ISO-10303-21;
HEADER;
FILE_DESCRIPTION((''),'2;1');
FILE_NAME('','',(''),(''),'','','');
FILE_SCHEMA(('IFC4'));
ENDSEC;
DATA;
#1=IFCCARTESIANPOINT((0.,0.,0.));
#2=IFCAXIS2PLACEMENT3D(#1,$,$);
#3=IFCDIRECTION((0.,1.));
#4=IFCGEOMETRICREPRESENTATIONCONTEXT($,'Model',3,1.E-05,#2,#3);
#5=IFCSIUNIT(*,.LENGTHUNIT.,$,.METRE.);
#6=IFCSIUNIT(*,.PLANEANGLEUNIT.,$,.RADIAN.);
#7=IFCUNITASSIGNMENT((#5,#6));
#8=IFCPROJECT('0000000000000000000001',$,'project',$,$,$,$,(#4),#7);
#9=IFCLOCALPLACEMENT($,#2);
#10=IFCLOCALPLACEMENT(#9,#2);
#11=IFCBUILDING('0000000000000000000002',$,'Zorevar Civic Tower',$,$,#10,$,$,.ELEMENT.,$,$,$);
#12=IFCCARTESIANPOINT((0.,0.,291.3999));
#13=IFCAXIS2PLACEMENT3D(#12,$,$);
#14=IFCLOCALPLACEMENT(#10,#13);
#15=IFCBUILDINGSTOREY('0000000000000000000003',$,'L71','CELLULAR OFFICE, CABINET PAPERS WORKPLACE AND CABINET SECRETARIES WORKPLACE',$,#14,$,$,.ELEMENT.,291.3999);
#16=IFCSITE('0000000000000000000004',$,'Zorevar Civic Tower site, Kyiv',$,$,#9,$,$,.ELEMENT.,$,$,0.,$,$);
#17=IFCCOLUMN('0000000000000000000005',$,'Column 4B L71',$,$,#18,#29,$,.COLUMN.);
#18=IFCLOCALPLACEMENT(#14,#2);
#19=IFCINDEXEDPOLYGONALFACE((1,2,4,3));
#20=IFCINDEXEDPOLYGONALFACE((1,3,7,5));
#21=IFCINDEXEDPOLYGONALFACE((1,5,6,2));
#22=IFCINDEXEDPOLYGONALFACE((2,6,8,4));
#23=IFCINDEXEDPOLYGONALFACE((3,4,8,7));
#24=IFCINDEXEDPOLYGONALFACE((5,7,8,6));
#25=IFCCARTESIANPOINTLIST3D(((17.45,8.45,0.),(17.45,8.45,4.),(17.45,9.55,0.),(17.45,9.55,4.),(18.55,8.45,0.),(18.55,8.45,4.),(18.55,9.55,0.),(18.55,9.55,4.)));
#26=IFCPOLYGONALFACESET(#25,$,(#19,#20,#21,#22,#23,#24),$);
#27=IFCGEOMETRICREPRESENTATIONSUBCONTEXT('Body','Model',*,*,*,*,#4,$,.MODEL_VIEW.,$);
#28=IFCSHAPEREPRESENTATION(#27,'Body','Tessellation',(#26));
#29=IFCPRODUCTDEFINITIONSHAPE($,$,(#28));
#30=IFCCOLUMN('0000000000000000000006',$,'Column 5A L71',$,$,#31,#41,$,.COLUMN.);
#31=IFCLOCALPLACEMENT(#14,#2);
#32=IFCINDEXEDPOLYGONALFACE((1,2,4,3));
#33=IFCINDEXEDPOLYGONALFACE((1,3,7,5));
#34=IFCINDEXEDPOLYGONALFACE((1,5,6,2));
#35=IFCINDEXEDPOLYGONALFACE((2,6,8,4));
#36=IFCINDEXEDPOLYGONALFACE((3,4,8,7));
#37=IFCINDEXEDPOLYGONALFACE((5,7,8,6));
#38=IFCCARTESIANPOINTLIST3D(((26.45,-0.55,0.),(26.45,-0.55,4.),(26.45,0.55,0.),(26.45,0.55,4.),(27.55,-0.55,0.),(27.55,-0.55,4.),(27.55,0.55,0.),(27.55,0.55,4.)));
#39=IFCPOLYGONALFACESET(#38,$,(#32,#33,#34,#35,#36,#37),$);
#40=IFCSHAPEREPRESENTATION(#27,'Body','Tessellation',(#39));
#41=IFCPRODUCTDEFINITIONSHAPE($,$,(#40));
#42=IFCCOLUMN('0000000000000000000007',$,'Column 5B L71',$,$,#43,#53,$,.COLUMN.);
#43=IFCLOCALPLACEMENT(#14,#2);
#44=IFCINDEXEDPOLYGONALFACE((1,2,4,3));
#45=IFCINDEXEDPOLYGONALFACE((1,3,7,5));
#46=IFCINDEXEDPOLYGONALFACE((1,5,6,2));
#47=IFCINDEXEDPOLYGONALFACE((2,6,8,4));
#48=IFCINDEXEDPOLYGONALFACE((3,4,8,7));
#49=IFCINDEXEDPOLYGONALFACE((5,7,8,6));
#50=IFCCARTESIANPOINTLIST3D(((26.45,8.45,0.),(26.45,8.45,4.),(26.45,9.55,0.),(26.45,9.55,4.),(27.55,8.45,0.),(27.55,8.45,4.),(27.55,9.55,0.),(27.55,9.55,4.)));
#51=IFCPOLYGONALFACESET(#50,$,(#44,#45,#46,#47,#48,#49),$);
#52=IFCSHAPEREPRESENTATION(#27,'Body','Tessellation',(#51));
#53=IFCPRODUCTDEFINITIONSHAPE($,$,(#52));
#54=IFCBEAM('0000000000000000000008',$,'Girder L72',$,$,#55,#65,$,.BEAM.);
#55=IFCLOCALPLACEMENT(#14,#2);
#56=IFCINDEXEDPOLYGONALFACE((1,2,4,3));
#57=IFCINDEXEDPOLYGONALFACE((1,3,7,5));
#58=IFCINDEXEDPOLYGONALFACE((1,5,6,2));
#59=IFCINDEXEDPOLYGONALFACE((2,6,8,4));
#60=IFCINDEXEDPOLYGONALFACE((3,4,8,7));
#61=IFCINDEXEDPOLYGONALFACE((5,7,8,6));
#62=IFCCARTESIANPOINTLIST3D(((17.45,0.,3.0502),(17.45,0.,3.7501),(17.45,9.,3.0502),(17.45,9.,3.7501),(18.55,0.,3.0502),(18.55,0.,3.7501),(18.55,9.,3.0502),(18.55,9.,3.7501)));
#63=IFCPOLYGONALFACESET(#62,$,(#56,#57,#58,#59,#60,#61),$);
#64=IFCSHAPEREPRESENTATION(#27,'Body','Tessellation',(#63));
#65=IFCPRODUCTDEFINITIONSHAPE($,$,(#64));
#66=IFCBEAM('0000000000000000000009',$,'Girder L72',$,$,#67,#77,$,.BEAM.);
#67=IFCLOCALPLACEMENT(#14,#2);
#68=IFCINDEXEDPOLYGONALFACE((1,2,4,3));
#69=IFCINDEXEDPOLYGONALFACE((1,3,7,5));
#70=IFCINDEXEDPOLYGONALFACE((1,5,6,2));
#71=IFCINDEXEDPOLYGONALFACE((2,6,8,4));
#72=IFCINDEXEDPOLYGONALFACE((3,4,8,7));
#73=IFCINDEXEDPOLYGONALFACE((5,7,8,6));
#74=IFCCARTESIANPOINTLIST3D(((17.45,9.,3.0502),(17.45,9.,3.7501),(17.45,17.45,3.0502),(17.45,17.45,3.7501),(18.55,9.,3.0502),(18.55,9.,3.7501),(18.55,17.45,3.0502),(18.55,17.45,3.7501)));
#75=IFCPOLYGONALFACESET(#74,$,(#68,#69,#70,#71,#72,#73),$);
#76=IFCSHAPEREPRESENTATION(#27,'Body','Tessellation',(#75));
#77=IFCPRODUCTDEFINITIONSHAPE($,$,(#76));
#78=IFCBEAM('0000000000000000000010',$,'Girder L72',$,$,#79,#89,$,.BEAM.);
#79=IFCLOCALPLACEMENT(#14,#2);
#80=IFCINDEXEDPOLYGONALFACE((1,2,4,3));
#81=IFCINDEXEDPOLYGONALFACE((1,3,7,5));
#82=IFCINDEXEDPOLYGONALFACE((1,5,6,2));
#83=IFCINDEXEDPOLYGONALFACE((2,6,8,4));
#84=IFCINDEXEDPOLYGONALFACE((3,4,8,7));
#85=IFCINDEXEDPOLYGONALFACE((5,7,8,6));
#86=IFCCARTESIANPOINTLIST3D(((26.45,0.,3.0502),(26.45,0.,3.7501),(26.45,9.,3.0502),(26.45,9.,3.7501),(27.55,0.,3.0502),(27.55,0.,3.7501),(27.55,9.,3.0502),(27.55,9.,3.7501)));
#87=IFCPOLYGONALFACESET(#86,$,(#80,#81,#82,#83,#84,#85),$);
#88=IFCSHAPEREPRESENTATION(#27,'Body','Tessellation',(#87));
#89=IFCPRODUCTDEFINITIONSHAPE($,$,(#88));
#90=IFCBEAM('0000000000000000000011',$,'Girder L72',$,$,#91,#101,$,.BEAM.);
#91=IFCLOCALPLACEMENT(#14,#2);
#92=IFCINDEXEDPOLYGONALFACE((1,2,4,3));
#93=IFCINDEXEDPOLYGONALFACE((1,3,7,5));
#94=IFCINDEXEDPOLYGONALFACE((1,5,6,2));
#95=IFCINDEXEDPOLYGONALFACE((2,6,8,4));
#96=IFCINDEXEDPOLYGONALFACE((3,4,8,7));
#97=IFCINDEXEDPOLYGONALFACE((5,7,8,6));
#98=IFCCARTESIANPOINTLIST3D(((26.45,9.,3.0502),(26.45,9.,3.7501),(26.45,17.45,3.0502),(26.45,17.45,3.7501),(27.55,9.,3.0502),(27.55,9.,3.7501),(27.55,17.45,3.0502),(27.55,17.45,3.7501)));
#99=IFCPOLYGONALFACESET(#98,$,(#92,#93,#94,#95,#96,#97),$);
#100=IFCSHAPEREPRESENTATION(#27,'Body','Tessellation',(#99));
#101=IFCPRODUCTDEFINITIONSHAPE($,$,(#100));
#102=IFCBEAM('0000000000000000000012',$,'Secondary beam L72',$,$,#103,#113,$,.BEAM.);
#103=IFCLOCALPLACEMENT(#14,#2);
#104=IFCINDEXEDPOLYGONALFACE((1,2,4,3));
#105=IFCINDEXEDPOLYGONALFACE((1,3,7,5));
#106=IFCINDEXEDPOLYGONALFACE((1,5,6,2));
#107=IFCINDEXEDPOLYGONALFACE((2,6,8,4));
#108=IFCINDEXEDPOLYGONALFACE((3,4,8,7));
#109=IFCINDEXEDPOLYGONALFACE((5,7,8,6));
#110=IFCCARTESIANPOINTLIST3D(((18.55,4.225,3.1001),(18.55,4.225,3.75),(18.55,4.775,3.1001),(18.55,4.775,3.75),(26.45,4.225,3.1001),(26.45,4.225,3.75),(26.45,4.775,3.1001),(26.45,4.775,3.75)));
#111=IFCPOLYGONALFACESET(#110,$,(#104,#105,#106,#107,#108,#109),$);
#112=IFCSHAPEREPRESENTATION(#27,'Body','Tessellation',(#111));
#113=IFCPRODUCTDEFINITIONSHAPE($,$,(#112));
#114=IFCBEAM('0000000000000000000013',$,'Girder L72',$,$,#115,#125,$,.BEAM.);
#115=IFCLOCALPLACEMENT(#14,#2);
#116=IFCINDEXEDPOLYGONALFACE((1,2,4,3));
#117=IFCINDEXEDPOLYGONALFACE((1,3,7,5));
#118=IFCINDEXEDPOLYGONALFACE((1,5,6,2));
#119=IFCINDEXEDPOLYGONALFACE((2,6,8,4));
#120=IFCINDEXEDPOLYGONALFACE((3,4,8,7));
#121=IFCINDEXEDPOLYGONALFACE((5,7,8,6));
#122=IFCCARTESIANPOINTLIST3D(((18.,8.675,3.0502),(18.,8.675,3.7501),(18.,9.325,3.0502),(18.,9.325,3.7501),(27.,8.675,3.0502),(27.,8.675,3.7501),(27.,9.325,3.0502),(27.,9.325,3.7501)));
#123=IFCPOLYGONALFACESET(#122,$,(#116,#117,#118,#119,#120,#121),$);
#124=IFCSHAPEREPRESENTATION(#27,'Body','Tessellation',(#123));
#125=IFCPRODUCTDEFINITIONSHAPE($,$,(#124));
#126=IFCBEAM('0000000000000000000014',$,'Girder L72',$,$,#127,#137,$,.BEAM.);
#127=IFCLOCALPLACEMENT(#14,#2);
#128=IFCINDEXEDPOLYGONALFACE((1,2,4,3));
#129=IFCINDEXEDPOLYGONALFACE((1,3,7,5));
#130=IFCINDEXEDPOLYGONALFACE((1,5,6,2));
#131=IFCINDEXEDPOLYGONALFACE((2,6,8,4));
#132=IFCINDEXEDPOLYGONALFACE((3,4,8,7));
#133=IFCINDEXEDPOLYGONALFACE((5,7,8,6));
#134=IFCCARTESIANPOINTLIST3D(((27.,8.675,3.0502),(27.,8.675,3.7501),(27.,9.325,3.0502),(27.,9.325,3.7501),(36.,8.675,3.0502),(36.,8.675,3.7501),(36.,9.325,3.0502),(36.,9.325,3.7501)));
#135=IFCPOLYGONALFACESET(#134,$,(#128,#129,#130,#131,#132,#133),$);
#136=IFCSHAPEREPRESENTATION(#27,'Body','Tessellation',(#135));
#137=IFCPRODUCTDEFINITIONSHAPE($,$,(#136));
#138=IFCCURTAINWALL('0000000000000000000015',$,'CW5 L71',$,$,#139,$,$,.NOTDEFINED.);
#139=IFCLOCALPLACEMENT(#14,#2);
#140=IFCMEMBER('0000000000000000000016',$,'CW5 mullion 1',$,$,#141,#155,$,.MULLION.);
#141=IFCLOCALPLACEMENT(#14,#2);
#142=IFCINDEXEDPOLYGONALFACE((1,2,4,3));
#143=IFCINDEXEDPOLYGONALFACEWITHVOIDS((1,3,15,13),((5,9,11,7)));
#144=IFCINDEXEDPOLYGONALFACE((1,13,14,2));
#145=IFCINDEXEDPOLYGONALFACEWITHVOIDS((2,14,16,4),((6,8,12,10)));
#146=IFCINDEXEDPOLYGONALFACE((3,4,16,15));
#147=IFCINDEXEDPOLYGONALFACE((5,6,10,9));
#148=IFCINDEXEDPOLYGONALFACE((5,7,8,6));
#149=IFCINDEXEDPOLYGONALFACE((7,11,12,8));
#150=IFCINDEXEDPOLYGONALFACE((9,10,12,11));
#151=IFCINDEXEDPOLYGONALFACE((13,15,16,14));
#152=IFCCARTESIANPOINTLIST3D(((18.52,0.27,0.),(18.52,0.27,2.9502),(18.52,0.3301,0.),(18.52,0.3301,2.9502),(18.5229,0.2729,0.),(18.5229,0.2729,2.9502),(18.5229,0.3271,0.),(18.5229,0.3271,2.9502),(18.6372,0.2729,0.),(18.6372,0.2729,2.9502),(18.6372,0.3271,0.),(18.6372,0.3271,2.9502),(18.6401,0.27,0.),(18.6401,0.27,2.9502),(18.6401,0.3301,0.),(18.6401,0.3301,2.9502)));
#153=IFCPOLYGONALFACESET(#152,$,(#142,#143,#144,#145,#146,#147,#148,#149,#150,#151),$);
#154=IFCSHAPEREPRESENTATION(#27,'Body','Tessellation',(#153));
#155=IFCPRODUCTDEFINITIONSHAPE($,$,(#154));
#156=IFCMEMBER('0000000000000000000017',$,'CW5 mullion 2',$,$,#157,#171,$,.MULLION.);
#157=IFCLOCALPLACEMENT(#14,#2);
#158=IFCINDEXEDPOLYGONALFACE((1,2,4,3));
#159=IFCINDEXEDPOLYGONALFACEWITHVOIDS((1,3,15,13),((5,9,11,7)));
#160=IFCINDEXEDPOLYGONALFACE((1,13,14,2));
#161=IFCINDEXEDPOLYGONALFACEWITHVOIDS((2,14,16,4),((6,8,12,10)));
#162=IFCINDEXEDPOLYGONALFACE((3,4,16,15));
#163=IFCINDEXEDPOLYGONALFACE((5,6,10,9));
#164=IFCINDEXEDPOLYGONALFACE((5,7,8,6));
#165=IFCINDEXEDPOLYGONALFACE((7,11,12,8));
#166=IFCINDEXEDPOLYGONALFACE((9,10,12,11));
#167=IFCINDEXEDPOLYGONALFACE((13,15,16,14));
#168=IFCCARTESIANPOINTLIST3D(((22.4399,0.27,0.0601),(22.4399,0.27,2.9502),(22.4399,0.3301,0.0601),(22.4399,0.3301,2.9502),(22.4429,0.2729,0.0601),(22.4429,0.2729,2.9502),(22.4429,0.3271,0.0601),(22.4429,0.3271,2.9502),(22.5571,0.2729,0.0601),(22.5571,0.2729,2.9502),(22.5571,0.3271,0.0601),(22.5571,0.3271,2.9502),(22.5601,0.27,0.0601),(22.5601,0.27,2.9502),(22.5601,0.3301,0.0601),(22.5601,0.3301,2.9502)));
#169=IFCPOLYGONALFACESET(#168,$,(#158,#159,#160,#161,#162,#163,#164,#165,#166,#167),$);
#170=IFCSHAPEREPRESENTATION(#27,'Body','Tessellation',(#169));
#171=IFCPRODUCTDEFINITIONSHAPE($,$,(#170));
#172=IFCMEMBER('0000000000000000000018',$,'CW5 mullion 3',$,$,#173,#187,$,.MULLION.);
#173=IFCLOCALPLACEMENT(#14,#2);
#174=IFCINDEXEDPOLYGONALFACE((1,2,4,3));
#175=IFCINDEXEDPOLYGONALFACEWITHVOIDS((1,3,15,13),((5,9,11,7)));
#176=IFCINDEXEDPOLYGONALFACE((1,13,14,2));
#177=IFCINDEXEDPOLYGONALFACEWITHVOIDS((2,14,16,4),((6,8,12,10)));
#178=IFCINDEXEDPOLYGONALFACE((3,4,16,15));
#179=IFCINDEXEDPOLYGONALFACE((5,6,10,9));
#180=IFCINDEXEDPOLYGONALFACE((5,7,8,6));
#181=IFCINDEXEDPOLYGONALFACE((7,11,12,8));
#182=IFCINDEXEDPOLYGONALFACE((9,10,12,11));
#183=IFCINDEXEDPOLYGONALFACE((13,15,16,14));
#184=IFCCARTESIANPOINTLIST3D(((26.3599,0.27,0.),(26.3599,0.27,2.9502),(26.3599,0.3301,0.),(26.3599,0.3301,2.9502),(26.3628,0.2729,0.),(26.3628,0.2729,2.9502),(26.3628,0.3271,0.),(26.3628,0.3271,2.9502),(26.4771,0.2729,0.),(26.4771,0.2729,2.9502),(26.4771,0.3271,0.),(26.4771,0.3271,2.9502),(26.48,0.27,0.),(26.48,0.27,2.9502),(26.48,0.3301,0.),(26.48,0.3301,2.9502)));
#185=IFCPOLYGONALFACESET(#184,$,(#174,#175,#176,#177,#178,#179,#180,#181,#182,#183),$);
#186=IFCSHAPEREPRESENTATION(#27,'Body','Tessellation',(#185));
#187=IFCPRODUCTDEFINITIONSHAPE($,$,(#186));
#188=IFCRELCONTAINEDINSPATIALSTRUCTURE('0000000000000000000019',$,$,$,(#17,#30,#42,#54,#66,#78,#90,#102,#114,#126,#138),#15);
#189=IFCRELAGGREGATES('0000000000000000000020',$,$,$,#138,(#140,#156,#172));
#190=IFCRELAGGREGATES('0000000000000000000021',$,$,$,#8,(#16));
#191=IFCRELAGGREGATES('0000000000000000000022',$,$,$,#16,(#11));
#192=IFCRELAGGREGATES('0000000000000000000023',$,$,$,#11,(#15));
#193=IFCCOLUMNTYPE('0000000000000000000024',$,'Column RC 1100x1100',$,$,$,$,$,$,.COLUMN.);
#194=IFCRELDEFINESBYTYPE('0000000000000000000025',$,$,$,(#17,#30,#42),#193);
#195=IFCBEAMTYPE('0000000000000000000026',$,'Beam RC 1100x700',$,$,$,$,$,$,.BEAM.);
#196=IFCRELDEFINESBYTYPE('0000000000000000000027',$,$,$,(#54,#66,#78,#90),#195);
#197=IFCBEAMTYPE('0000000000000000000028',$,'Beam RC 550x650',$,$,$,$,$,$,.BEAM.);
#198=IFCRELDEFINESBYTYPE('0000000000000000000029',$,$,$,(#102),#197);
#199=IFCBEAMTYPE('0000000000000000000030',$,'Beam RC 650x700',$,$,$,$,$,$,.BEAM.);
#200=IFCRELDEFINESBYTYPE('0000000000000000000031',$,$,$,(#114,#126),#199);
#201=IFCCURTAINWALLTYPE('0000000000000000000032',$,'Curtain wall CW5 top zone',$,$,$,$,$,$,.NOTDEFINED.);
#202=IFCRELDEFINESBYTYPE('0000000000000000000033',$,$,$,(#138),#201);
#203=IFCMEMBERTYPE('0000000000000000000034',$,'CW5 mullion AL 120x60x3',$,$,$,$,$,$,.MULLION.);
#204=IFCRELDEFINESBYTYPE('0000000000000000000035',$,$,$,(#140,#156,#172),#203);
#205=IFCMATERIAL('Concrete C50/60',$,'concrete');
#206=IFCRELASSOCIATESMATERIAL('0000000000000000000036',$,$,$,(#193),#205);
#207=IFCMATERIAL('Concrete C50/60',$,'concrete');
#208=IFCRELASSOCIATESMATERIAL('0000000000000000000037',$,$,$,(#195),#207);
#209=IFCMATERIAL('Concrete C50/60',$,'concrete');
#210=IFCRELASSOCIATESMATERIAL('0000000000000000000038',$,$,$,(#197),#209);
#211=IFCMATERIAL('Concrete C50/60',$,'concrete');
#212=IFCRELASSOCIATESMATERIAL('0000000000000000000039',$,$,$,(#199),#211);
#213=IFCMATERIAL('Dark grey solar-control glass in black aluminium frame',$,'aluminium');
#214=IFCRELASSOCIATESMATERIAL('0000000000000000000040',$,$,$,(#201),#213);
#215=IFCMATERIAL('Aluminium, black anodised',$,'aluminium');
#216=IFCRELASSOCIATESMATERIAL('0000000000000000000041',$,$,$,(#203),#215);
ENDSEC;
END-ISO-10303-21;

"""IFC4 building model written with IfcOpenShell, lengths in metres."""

from ifc_helpers import new_model, si_unit, direction, frame, origin, origin_2d, place, context, subcontext, project, spatial, rectangle, hollow_rectangle, extrude, material, material_profile, profile_set, type_object, element, aggregate, save


model = new_model("IFC4")

# Units and contexts
model_context = context("Model", 3, precision=1e-05, world=origin(), true_north=direction((0.0, 1.0)))
body_context = subcontext(model_context, "Body", "Model", "MODEL_VIEW")
ifc_project = project(units=[si_unit("LENGTHUNIT", "METRE"), si_unit("PLANEANGLEUNIT", "RADIAN")], contexts=[model_context])

# Site, building, storey
site_placement = place(None, origin())
site = spatial("IfcSite", under=ifc_project, at=site_placement, Name="Zorevar Civic Tower site, Kyiv", CompositionType="ELEMENT", RefElevation=0.0)
building_placement = place(site_placement, origin())
building = spatial("IfcBuilding", under=site, at=building_placement, Name="Zorevar Civic Tower", CompositionType="ELEMENT")
storey_placement = place(building_placement, frame((0.0, 0.0, 291.3999)))
storey = spatial("IfcBuildingStorey", under=building, at=storey_placement, Name="L71", Description="CELLULAR OFFICE, CABINET PAPERS WORKPLACE AND CABINET SECRETARIES WORKPLACE", CompositionType="ELEMENT", Elevation=291.3999)

# Columns
ifc_material_1 = material(Name="Concrete C50/60", Category="concrete")
ifc_material_profile_1 = material_profile(ifc_material_1, rectangle(XDim=1.1001, YDim=1.1001, at=origin_2d()), Name="RC 1100x1100")
ifc_profile_set_1 = profile_set([ifc_material_profile_1], Name="Concrete C50/60")
column_type = type_object("IfcColumnType", Name="Column RC 1100x1100", PredefinedType="COLUMN", material=ifc_profile_set_1)
for number, where, z_axis, x_axis, name in (
    (1, (18.0, 9.0, 0.0), (0.0, 0.0, 1.0), (1.0, 0.0, 0.0), "Column 4B L71"),
    (2, (27.0, 0.0, 0.0), (0.0, 0.0, 1.0), (1.0, 0.0, 0.0), "Column 5A L71"),
    (3, (27.0, 9.0, 0.0), (0.0, 0.0, 1.0), (1.0, 0.0, 0.0), "Column 5B L71"),
):
    element("IfcColumn", number, at=place(storey_placement, frame(where, z_axis=z_axis, x_axis=x_axis)), inside=storey, type_object=column_type, Name=name, PredefinedType="COLUMN", context=body_context, shape_type="SweptSolid", body=[
        extrude(rectangle(XDim=1.1001, YDim=1.1001, at=origin_2d()), origin(), (0.0, 0.0, 1.0), 4.0),
    ])

# Beams
ifc_material_2 = material(Name="Concrete C50/60", Category="concrete")
ifc_material_profile_2 = material_profile(ifc_material_2, rectangle(XDim=1.1001, YDim=0.7, at=origin_2d()), Name="RC 1100x700")
ifc_profile_set_2 = profile_set([ifc_material_profile_2], Name="Concrete C50/60")
beam_type_1 = type_object("IfcBeamType", Name="Beam RC 1100x700", PredefinedType="BEAM", material=ifc_profile_set_2)
beam_1_placement = place(storey_placement, frame((18.0, 0.0, 3.4001), z_axis=(0.0, 1.0, 0.0), x_axis=(-1.0, 0.0, 0.0)))
element("IfcBeam", 4, at=beam_1_placement, inside=storey, type_object=beam_type_1, Name="Girder L72", PredefinedType="BEAM", context=body_context, shape_type="SweptSolid", body=[
    extrude(rectangle(XDim=1.1001, YDim=0.7, at=origin_2d()), origin(), (0.0, 0.0, 1.0), 9.0),
])
beam_2_placement = place(storey_placement, frame((18.0, 9.0, 3.4001), z_axis=(0.0, 1.0, 0.0), x_axis=(-1.0, 0.0, 0.0)))
element("IfcBeam", 5, at=beam_2_placement, inside=storey, type_object=beam_type_1, Name="Girder L72", PredefinedType="BEAM", context=body_context, shape_type="SweptSolid", body=[
    extrude(rectangle(XDim=1.1001, YDim=0.7, at=origin_2d()), origin(), (0.0, 0.0, 1.0), 8.45),
])
beam_3_placement = place(storey_placement, frame((27.0, 0.0, 3.4001), z_axis=(0.0, 1.0, 0.0), x_axis=(-1.0, 0.0, 0.0)))
element("IfcBeam", 6, at=beam_3_placement, inside=storey, type_object=beam_type_1, Name="Girder L72", PredefinedType="BEAM", context=body_context, shape_type="SweptSolid", body=[
    extrude(rectangle(XDim=1.1001, YDim=0.7, at=origin_2d()), origin(), (0.0, 0.0, 1.0), 9.0),
])
beam_4_placement = place(storey_placement, frame((27.0, 9.0, 3.4001), z_axis=(0.0, 1.0, 0.0), x_axis=(-1.0, 0.0, 0.0)))
element("IfcBeam", 7, at=beam_4_placement, inside=storey, type_object=beam_type_1, Name="Girder L72", PredefinedType="BEAM", context=body_context, shape_type="SweptSolid", body=[
    extrude(rectangle(XDim=1.1001, YDim=0.7, at=origin_2d()), origin(), (0.0, 0.0, 1.0), 8.45),
])
ifc_material_3 = material(Name="Concrete C50/60", Category="concrete")
ifc_material_profile_3 = material_profile(ifc_material_3, rectangle(XDim=0.55, YDim=0.6499, at=origin_2d()), Name="RC 550x650")
ifc_profile_set_3 = profile_set([ifc_material_profile_3], Name="Concrete C50/60")
beam_type_2 = type_object("IfcBeamType", Name="Beam RC 550x650", PredefinedType="BEAM", material=ifc_profile_set_3)
beam_5_placement = place(storey_placement, frame((18.55, 4.5, 3.425), z_axis=(1.0, 0.0, 0.0), x_axis=(0.0, 1.0, 0.0)))
element("IfcBeam", 8, at=beam_5_placement, inside=storey, type_object=beam_type_2, Name="Secondary beam L72", PredefinedType="BEAM", context=body_context, shape_type="SweptSolid", body=[
    extrude(rectangle(XDim=0.55, YDim=0.6499, at=origin_2d()), origin(), (0.0, 0.0, 1.0), 7.8999),
])
ifc_material_4 = material(Name="Concrete C50/60", Category="concrete")
ifc_material_profile_4 = material_profile(ifc_material_4, rectangle(XDim=0.6499, YDim=0.7, at=origin_2d()), Name="RC 650x700")
ifc_profile_set_4 = profile_set([ifc_material_profile_4], Name="Concrete C50/60")
beam_type_3 = type_object("IfcBeamType", Name="Beam RC 650x700", PredefinedType="BEAM", material=ifc_profile_set_4)
for number, where, z_axis, x_axis, name in (
    (9, (18.0, 9.0, 3.4001), (1.0, 0.0, 0.0), (0.0, 1.0, 0.0), "Girder L72"),
    (10, (27.0, 9.0, 3.4001), (1.0, 0.0, 0.0), (0.0, 1.0, 0.0), "Girder L72"),
):
    element("IfcBeam", number, at=place(storey_placement, frame(where, z_axis=z_axis, x_axis=x_axis)), inside=storey, type_object=beam_type_3, Name=name, PredefinedType="BEAM", context=body_context, shape_type="SweptSolid", body=[
        extrude(rectangle(XDim=0.6499, YDim=0.7, at=origin_2d()), origin(), (0.0, 0.0, 1.0), 9.0),
    ])

# Curtain wall, members
ifc_material_5 = material(Name="Dark grey solar-control glass in black aluminium frame", Category="aluminium")
curtain_wall_type = type_object("IfcCurtainWallType", Name="Curtain wall CW5 top zone", PredefinedType="NOTDEFINED", material=ifc_material_5)
curtain_wall_placement = place(storey_placement, origin())
curtain_wall = element("IfcCurtainWall", 11, at=curtain_wall_placement, inside=storey, type_object=curtain_wall_type, Name="CW5 L71", PredefinedType="NOTDEFINED")
ifc_material_6 = material(Name="Aluminium, black anodised", Category="aluminium")
ifc_material_profile_5 = material_profile(ifc_material_6, hollow_rectangle(XDim=0.0601, YDim=0.1201, WallThickness=0.0029, at=origin_2d()), Name="AL 120x60x3")
ifc_profile_set_5 = profile_set([ifc_material_profile_5], Name="Aluminium, black anodised")
member_type_1 = type_object("IfcMemberType", Name="CW5 mullion AL 120x60x3", PredefinedType="MULLION", material=ifc_profile_set_5)
member_1_placement = place(storey_placement, frame((18.5801, 0.3, 0.0), z_axis=(0.0, 0.0, 1.0), x_axis=(0.0, 1.0, 0.0)))
member_1 = element("IfcMember", 12, at=member_1_placement, type_object=member_type_1, Name="CW5 mullion 1", PredefinedType="MULLION", context=body_context, shape_type="SweptSolid", body=[
    extrude(hollow_rectangle(XDim=0.0601, YDim=0.1201, WallThickness=0.0029, at=origin_2d()), origin(), (0.0, 0.0, 1.0), 2.9502),
])
member_2_placement = place(storey_placement, frame((22.5, 0.3, 0.0601), z_axis=(0.0, 0.0, 1.0), x_axis=(0.0, 1.0, 0.0)))
member_2 = element("IfcMember", 13, at=member_2_placement, type_object=member_type_1, Name="CW5 mullion 2", PredefinedType="MULLION", context=body_context, shape_type="SweptSolid", body=[
    extrude(hollow_rectangle(XDim=0.0601, YDim=0.1201, WallThickness=0.0029, at=origin_2d()), origin(), (0.0, 0.0, 1.0), 2.8901),
])
member_3_placement = place(storey_placement, frame((26.4199, 0.3, 0.0), z_axis=(0.0, 0.0, 1.0), x_axis=(0.0, 1.0, 0.0)))
member_3 = element("IfcMember", 14, at=member_3_placement, type_object=member_type_1, Name="CW5 mullion 3", PredefinedType="MULLION", context=body_context, shape_type="SweptSolid", body=[
    extrude(hollow_rectangle(XDim=0.0601, YDim=0.1201, WallThickness=0.0029, at=origin_2d()), origin(), (0.0, 0.0, 1.0), 2.9502),
])

aggregate(curtain_wall, [member_1, member_2, member_3])

save(model, "model.ifc")
